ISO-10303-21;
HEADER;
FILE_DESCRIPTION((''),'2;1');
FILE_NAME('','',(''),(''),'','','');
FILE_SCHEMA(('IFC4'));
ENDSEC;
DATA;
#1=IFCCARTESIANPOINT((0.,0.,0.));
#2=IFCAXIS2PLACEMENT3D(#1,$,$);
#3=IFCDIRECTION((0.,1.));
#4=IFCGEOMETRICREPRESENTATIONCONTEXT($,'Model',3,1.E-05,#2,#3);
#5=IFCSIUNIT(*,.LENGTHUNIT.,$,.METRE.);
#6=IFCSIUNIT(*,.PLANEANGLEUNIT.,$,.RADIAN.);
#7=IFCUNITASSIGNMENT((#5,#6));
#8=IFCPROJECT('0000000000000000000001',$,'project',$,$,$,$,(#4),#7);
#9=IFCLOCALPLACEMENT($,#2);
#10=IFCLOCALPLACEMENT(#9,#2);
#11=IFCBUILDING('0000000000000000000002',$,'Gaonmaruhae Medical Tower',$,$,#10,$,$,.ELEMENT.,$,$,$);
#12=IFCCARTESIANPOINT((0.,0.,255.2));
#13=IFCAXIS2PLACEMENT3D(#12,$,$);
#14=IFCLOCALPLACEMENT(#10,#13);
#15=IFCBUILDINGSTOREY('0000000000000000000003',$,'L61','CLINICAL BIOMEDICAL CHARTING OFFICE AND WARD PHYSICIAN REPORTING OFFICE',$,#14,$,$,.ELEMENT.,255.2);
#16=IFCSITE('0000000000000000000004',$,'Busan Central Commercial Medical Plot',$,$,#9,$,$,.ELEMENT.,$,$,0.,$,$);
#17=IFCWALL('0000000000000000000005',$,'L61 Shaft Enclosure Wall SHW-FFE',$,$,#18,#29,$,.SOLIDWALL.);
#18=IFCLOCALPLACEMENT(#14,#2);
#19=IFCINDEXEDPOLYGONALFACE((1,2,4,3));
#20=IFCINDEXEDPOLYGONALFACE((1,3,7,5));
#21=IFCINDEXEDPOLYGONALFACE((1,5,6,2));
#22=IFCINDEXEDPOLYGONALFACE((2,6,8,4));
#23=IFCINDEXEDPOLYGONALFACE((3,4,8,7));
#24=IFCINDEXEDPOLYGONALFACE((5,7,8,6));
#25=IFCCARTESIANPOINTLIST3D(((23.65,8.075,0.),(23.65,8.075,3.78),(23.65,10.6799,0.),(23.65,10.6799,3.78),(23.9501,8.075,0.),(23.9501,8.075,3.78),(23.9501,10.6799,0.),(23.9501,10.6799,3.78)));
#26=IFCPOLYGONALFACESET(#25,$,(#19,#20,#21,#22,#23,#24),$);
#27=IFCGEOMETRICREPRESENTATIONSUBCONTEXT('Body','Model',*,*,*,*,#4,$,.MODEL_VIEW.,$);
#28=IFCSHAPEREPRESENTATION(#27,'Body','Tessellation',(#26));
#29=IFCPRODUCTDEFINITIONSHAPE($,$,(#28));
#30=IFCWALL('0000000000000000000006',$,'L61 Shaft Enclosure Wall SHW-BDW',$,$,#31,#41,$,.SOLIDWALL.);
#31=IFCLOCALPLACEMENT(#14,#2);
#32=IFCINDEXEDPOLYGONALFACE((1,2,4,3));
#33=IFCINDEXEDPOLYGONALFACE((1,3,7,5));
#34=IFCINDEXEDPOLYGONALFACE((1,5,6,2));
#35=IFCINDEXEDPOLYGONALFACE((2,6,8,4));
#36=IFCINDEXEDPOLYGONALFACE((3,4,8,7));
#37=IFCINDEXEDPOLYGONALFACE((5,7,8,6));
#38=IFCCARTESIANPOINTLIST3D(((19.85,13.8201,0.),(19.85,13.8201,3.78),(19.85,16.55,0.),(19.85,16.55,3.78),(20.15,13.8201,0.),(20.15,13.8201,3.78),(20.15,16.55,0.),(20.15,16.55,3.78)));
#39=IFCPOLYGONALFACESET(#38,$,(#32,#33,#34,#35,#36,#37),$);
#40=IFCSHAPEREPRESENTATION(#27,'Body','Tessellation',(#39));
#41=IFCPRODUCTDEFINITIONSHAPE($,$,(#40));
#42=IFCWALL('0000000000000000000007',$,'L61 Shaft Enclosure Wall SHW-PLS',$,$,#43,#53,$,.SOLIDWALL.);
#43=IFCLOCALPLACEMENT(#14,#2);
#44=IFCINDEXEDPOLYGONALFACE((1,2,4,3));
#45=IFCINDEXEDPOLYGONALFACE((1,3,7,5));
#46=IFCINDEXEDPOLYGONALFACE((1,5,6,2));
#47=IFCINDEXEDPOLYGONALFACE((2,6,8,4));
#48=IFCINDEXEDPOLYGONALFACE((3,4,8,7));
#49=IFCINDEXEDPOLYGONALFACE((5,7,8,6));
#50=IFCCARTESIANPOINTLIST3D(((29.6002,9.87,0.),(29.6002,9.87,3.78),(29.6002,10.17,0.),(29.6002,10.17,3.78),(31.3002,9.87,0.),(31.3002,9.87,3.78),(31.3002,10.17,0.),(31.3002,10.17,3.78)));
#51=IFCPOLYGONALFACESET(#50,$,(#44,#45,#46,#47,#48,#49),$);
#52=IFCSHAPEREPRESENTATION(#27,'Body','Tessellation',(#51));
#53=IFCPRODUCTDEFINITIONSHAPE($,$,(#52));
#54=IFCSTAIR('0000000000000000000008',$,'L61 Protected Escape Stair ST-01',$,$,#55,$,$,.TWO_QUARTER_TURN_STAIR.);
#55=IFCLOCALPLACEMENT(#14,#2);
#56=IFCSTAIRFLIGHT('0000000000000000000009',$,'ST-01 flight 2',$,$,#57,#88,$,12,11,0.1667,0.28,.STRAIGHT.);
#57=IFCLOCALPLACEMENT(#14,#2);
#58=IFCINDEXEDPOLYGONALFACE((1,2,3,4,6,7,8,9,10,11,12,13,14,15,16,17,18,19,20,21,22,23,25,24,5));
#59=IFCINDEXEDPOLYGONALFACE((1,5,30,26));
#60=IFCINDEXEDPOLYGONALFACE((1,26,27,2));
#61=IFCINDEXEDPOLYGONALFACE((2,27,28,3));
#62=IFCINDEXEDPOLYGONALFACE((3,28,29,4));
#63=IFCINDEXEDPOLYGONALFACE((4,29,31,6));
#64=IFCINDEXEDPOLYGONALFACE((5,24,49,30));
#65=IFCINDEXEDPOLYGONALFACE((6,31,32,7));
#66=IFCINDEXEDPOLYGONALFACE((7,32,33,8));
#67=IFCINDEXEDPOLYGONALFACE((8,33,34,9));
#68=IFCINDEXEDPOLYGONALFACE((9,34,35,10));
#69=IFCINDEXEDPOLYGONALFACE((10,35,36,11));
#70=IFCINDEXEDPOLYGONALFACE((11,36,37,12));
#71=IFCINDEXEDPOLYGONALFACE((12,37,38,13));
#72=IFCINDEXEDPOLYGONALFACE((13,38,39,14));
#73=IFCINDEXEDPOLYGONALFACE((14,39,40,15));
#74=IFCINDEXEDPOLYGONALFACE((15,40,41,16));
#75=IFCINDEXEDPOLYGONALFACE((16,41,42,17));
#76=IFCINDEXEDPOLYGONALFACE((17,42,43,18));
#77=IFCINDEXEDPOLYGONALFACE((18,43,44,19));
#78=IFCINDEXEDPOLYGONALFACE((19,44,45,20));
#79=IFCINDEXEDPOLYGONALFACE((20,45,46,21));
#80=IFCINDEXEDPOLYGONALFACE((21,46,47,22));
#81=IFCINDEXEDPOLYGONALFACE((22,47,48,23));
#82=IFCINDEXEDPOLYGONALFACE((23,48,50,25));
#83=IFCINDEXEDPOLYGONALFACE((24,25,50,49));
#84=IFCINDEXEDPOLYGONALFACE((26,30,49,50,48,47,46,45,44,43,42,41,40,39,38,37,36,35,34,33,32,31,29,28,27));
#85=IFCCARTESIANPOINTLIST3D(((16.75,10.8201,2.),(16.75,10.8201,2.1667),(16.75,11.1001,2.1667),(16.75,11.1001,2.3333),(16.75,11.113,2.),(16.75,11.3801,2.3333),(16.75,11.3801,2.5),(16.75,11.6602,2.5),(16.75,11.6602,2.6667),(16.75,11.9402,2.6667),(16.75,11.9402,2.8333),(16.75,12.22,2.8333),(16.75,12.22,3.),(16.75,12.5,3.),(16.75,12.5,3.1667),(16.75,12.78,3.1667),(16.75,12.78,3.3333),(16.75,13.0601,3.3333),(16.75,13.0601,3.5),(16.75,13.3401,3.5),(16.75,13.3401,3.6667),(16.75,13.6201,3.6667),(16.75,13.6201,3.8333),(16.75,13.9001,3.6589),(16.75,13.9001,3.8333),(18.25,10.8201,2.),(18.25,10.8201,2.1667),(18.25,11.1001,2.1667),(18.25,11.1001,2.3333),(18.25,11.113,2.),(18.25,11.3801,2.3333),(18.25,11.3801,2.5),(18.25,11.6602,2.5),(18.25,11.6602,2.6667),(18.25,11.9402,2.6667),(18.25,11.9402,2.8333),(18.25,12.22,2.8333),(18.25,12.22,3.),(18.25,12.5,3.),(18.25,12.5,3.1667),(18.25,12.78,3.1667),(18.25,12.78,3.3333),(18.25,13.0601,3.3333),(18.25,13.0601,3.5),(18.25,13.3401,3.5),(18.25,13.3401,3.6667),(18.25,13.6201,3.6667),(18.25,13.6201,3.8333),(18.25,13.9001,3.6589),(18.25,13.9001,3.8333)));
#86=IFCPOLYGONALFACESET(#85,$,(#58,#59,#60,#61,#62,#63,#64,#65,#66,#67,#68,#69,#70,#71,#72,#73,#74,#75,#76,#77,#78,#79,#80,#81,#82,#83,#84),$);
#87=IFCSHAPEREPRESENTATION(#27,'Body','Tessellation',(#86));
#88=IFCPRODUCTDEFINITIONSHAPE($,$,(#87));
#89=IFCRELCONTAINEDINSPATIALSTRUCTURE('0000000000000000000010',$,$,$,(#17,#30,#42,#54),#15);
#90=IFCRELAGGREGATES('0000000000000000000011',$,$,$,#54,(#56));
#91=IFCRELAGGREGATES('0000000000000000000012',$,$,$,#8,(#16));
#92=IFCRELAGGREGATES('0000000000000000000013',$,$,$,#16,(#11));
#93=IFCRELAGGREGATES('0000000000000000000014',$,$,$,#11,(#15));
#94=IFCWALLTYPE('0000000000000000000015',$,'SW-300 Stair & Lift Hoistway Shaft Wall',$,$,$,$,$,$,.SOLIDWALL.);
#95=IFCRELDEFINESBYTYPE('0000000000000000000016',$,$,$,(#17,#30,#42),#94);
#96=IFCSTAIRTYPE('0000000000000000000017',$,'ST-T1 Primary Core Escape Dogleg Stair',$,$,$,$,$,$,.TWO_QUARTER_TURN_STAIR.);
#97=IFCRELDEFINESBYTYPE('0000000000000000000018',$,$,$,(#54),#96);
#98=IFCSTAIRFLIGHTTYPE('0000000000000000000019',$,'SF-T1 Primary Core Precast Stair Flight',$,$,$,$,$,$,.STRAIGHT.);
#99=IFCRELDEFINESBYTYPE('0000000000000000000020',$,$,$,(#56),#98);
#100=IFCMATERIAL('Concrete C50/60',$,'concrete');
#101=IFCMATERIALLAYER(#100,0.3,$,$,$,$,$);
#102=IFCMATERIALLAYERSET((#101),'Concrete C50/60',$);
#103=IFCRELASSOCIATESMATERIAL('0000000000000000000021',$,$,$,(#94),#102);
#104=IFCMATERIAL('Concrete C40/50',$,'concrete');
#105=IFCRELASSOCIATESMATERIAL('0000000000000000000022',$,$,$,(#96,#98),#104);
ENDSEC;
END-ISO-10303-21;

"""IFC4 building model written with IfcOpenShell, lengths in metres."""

from ifc_helpers import new_model, si_unit, direction, frame, frame_2d, origin, place, context, subcontext, project, spatial, polyline, rectangle, outline, extrude, material, layer, layer_set, type_object, element, aggregate, save


model = new_model("IFC4")

# Units and contexts
model_context = context("Model", 3, precision=1e-05, world=origin(), true_north=direction((0.0, 1.0)))
body_context = subcontext(model_context, "Body", "Model", "MODEL_VIEW")
ifc_project = project(units=[si_unit("LENGTHUNIT", "METRE"), si_unit("PLANEANGLEUNIT", "RADIAN")], contexts=[model_context])

# Site, building, storey
site_placement = place(None, origin())
site = spatial("IfcSite", under=ifc_project, at=site_placement, Name="Busan Central Commercial Medical Plot", CompositionType="ELEMENT", RefElevation=0.0)
building_placement = place(site_placement, origin())
building = spatial("IfcBuilding", under=site, at=building_placement, Name="Gaonmaruhae Medical Tower", CompositionType="ELEMENT")
storey_placement = place(building_placement, frame((0.0, 0.0, 255.2)))
storey = spatial("IfcBuildingStorey", under=building, at=storey_placement, Name="L61", Description="CLINICAL BIOMEDICAL CHARTING OFFICE AND WARD PHYSICIAN REPORTING OFFICE", CompositionType="ELEMENT", Elevation=255.2)

# Shared definitions
ifc_material_1 = material(Name="Concrete C50/60", Category="concrete")

# Shared definitions
ifc_layer_1 = layer(ifc_material_1, 0.3)
ifc_layer_set_1 = layer_set([ifc_layer_1], Name="Concrete C50/60")
wall_type_1 = type_object("IfcWallType", Name="SW-300 Stair & Lift Hoistway Shaft Wall", PredefinedType="SOLIDWALL", material=ifc_layer_set_1)

# Walls
wall_1_placement = place(storey_placement, frame((23.8, 8.075, 0.0), z_axis=(0.0, 0.0, 1.0), x_axis=(0.0, 1.0, 0.0)))
element("IfcWall", 1, at=wall_1_placement, inside=storey, type_object=wall_type_1, Name="L61 Shaft Enclosure Wall SHW-FFE", PredefinedType="SOLIDWALL", context=body_context, shape_type="SweptSolid", body=[
    extrude(rectangle(XDim=2.605, YDim=0.3, at=frame_2d((1.3025, 0.0))), origin(), (0.0, 0.0, 1.0), 3.78),
])
wall_2_placement = place(storey_placement, frame((20.0, 13.8201, 0.0), z_axis=(0.0, 0.0, 1.0), x_axis=(0.0, 1.0, 0.0)))
element("IfcWall", 2, at=wall_2_placement, inside=storey, type_object=wall_type_1, Name="L61 Shaft Enclosure Wall SHW-BDW", PredefinedType="SOLIDWALL", context=body_context, shape_type="SweptSolid", body=[
    extrude(rectangle(XDim=2.73, YDim=0.3, at=frame_2d((1.365, 0.0))), origin(), (0.0, 0.0, 1.0), 3.78),
])
wall_3_placement = place(storey_placement, frame((29.6001, 10.02, 0.0), z_axis=(0.0, 0.0, 1.0), x_axis=(1.0, 0.0, 0.0)))
element("IfcWall", 3, at=wall_3_placement, inside=storey, type_object=wall_type_1, Name="L61 Shaft Enclosure Wall SHW-PLS", PredefinedType="SOLIDWALL", context=body_context, shape_type="SweptSolid", body=[
    extrude(rectangle(XDim=1.7, YDim=0.3, at=frame_2d((0.8501, 0.0))), origin(), (0.0, 0.0, 1.0), 3.78),
])

# Stair, stair flight
ifc_material_2 = material(Name="Concrete C40/50", Category="concrete")
stair_type = type_object("IfcStairType", Name="ST-T1 Primary Core Escape Dogleg Stair", PredefinedType="TWO_QUARTER_TURN_STAIR", material=ifc_material_2)
stair_placement = place(storey_placement, origin())
stair = element("IfcStair", 4, at=stair_placement, inside=storey, type_object=stair_type, Name="L61 Protected Escape Stair ST-01", PredefinedType="TWO_QUARTER_TURN_STAIR")
stair_flight_type = type_object("IfcStairFlightType", Name="SF-T1 Primary Core Precast Stair Flight", PredefinedType="STRAIGHT", material=ifc_material_2)
stair_flight_placement = place(storey_placement, frame((17.5, 10.8201, 2.0), z_axis=(0.0, 0.0, 1.0), x_axis=(0.0, 1.0, 0.0)))
stair_flight = element("IfcStairFlight", 5, at=stair_flight_placement, type_object=stair_flight_type, Name="ST-01 flight 2", NumberOfRisers=12, NumberOfTreads=11, PredefinedType="STRAIGHT", RiserHeight=0.1667, TreadLength=0.28, context=body_context, shape_type="SweptSolid", body=[
    extrude(outline(polyline([(0.0, 0.0), (0.0, 0.1667), (0.28, 0.1667), (0.28, 0.3333), (0.5601, 0.3333), (0.5601, 0.5), (0.8401, 0.5), (0.8401, 0.6667), (1.1201, 0.6667), (1.1201, 0.8333), (1.3999, 0.8333), (1.3999, 1.0), (1.6799, 1.0), (1.6799, 1.1667), (1.96, 1.1667), (1.96, 1.3333), (2.24, 1.3333), (2.24, 1.5), (2.52, 1.5), (2.52, 1.6667), (2.8, 1.6667), (2.8, 1.8333), (3.0801, 1.8333), (3.0801, 2.0), (3.0801, 1.6589), (0.293, 0.0), (0.0, 0.0)])), frame((0.0, 0.75, 0.0), z_axis=(0.0, -1.0, 0.0), x_axis=(1.0, 0.0, 0.0)), (0.0, 0.0, 1.0), 1.5),
])
aggregate(stair, [stair_flight])

save(model, "model.ifc")
